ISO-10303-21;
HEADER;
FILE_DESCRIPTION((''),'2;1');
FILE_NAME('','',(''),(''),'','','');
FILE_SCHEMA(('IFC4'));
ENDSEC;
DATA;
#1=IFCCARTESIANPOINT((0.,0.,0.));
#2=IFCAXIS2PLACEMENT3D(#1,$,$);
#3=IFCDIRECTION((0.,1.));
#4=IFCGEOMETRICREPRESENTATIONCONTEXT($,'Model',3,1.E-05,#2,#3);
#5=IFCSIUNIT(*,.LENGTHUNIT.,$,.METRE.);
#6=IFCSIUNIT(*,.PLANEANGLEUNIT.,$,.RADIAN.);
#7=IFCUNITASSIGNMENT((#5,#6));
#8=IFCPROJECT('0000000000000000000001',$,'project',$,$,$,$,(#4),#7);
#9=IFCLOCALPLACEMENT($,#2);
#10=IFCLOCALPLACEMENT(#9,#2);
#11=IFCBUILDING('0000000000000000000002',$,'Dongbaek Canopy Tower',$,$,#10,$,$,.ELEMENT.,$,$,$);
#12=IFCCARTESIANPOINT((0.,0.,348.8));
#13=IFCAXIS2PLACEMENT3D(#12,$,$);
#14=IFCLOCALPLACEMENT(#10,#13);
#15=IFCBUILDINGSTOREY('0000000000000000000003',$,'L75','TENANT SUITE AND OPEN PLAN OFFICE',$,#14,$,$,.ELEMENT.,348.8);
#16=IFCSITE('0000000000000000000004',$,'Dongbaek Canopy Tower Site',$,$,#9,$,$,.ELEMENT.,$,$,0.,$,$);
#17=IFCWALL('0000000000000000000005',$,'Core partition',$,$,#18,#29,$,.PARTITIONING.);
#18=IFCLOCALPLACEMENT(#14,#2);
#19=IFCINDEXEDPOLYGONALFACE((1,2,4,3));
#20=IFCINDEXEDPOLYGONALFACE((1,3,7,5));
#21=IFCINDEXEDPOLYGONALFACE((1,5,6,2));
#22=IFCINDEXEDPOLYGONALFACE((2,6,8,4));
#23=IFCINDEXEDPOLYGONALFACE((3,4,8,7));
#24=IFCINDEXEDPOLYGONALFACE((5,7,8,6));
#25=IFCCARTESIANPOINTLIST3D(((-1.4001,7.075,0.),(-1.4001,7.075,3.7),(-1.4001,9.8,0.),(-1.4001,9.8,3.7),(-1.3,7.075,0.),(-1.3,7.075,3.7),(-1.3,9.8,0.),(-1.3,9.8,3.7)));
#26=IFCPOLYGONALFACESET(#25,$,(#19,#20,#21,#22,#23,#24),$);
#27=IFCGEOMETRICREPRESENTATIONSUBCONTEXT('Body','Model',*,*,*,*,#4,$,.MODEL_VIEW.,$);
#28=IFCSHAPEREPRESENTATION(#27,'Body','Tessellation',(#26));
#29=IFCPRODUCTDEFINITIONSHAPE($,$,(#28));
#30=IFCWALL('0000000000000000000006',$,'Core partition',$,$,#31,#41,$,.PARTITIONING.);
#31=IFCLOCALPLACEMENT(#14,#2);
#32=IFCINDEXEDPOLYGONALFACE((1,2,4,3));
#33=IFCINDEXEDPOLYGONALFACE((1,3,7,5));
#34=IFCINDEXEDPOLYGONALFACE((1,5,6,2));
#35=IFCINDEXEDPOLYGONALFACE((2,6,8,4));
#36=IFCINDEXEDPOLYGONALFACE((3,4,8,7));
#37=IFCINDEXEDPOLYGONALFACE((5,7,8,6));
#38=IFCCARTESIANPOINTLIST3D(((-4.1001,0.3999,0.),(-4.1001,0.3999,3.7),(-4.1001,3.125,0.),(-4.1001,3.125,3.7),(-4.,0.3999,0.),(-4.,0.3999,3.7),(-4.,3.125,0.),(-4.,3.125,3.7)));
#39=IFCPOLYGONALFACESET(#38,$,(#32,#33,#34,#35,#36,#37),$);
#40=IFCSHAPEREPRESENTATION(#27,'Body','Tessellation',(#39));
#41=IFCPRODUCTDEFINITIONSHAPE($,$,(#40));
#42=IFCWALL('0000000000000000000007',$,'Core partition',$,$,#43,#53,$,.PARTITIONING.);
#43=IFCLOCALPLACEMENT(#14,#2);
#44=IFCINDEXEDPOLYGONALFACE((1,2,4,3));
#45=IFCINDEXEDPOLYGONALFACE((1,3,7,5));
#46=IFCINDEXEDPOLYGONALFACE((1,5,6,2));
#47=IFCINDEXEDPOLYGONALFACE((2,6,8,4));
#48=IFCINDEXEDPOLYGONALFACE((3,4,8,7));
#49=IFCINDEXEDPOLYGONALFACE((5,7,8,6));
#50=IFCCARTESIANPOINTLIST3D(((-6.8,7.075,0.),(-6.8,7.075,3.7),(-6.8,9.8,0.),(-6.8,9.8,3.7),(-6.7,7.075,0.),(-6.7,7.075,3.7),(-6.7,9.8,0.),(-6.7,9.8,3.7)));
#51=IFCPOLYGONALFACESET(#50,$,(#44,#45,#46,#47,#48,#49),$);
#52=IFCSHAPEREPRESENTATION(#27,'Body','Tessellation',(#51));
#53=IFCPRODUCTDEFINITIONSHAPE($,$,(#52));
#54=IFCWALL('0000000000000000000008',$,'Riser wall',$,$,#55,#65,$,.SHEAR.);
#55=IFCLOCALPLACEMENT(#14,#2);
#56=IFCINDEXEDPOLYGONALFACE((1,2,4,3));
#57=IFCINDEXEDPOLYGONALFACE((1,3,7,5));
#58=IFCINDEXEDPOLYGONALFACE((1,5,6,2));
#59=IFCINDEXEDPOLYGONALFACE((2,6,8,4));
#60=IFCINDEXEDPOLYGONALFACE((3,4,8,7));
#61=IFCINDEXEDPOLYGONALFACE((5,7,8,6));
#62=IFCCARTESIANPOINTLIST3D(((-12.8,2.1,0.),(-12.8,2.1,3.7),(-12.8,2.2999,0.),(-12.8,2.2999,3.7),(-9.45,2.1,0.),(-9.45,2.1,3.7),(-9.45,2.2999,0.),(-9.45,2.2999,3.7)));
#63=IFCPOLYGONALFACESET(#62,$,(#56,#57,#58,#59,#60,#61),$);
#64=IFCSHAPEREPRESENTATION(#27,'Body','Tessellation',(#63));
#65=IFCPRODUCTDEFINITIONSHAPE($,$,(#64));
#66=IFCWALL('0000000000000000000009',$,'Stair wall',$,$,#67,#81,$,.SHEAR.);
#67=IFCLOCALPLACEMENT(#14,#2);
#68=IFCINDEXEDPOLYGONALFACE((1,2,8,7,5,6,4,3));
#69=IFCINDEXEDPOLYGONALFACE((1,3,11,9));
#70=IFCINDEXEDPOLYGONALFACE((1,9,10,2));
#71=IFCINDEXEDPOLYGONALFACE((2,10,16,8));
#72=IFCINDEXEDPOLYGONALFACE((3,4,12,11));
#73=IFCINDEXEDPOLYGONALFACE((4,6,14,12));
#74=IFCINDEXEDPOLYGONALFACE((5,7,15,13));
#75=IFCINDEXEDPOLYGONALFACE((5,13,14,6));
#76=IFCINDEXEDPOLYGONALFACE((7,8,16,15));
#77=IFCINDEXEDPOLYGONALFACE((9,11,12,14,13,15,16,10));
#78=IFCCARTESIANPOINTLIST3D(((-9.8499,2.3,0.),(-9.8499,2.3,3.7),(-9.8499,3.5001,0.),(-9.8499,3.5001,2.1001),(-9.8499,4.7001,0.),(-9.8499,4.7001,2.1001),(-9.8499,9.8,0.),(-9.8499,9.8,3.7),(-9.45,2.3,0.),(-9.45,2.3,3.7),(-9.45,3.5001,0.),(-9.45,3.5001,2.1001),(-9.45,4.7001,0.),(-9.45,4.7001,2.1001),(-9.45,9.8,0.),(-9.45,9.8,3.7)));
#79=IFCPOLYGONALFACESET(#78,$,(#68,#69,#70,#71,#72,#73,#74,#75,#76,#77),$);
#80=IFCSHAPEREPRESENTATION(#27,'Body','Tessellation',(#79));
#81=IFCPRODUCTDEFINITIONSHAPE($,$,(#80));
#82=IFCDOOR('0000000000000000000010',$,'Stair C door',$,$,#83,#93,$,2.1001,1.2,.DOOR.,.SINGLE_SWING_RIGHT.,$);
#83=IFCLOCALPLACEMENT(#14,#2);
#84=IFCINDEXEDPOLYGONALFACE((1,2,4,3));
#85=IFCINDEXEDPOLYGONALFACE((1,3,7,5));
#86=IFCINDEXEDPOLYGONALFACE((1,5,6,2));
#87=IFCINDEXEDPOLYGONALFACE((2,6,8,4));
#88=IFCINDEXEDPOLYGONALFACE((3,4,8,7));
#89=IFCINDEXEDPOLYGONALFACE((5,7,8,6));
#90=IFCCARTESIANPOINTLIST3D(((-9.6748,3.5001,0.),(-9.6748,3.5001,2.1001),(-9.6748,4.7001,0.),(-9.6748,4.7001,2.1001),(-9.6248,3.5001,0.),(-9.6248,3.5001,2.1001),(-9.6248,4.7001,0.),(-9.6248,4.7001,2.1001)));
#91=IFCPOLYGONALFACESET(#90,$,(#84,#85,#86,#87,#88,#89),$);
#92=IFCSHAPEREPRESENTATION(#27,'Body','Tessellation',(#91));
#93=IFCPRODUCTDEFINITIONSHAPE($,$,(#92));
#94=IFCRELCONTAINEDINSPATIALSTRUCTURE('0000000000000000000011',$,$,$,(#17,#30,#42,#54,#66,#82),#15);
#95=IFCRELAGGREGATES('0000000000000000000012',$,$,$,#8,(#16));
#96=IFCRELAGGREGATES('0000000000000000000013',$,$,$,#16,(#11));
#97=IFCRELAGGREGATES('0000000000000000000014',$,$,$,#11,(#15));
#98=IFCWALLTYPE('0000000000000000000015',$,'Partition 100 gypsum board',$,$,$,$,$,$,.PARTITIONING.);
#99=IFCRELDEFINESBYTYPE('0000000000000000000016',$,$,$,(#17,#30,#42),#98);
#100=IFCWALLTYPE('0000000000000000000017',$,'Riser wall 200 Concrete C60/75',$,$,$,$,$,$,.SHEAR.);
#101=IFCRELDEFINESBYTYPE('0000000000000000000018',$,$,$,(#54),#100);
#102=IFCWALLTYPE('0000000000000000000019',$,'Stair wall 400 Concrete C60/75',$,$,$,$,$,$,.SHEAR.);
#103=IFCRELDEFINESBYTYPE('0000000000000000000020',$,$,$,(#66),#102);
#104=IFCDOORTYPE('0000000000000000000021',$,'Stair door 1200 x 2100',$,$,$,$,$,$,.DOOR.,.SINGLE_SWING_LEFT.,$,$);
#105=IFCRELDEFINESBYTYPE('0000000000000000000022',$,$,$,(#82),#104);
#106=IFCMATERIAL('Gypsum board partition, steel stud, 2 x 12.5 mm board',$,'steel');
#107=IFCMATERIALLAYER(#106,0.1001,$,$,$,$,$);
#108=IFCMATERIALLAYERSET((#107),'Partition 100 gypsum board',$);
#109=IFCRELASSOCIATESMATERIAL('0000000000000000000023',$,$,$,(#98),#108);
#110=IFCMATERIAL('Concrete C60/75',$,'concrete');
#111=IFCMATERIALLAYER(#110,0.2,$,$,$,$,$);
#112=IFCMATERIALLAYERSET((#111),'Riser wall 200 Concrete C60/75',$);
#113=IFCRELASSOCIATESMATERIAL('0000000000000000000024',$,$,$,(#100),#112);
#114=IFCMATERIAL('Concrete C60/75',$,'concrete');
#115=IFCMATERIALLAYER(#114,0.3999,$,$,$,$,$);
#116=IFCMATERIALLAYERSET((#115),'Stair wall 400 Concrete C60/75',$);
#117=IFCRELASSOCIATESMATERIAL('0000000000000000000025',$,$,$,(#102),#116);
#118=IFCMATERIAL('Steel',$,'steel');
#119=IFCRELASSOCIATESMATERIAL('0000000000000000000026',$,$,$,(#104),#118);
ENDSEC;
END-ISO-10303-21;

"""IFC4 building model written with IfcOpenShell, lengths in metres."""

from ifc_helpers import new_model, si_unit, direction, frame, frame_2d, origin, place, context, subcontext, project, spatial, rectangle, extrude, material, layer, layer_set, type_object, element, fill, save


model = new_model("IFC4")

# Units and contexts
model_context = context("Model", 3, precision=1e-05, world=origin(), true_north=direction((0.0, 1.0)))
body_context = subcontext(model_context, "Body", "Model", "MODEL_VIEW")
ifc_project = project(units=[si_unit("LENGTHUNIT", "METRE"), si_unit("PLANEANGLEUNIT", "RADIAN")], contexts=[model_context])

# Site, building, storey
site_placement = place(None, origin())
site = spatial("IfcSite", under=ifc_project, at=site_placement, Name="Dongbaek Canopy Tower Site", CompositionType="ELEMENT", RefElevation=0.0)
building_placement = place(site_placement, origin())
building = spatial("IfcBuilding", under=site, at=building_placement, Name="Dongbaek Canopy Tower", CompositionType="ELEMENT")
storey_placement = place(building_placement, frame((0.0, 0.0, 348.8)))
storey = spatial("IfcBuildingStorey", under=building, at=storey_placement, Name="L75", Description="TENANT SUITE AND OPEN PLAN OFFICE", CompositionType="ELEMENT", Elevation=348.8)

# Walls
ifc_material_1 = material(Name="Gypsum board partition, steel stud, 2 x 12.5 mm board", Category="steel")
ifc_layer_1 = layer(ifc_material_1, 0.1001)
ifc_layer_set_1 = layer_set([ifc_layer_1], Name="Partition 100 gypsum board")
wall_type_1 = type_object("IfcWallType", Name="Partition 100 gypsum board", PredefinedType="PARTITIONING", material=ifc_layer_set_1)
for number, where, z_axis, x_axis, name in (
    (1, (-1.3501, 7.075, 0.0), (0.0, 0.0, 1.0), (0.0, 1.0, 0.0), "Core partition"),
    (2, (-4.05, 0.3999, 0.0), (0.0, 0.0, 1.0), (0.0, 1.0, 0.0), "Core partition"),
    (3, (-6.75, 7.075, 0.0), (0.0, 0.0, 1.0), (0.0, 1.0, 0.0), "Core partition"),
):
    element("IfcWall", number, at=place(storey_placement, frame(where, z_axis=z_axis, x_axis=x_axis)), inside=storey, type_object=wall_type_1, Name=name, PredefinedType="PARTITIONING", context=body_context, shape_type="SweptSolid", body=[
        extrude(rectangle(XDim=2.7251, YDim=0.1001, at=frame_2d((1.3625, 0.0))), origin(), (0.0, 0.0, 1.0), 3.7),
    ])
ifc_material_2 = material(Name="Concrete C60/75", Category="concrete")
ifc_layer_2 = layer(ifc_material_2, 0.2)
ifc_layer_set_2 = layer_set([ifc_layer_2], Name="Riser wall 200 Concrete C60/75")
wall_type_2 = type_object("IfcWallType", Name="Riser wall 200 Concrete C60/75", PredefinedType="SHEAR", material=ifc_layer_set_2)
wall_1_placement = place(storey_placement, frame((-9.45, 2.2, 0.0), z_axis=(0.0, 0.0, 1.0), x_axis=(-1.0, 0.0, 0.0)))
element("IfcWall", 4, at=wall_1_placement, inside=storey, type_object=wall_type_2, Name="Riser wall", PredefinedType="SHEAR", context=body_context, shape_type="SweptSolid", body=[
    extrude(rectangle(XDim=3.3501, YDim=0.2, at=frame_2d((1.675, 0.0))), origin(), (0.0, 0.0, 1.0), 3.7),
])

# Wall, opening, door
ifc_material_3 = material(Name="Concrete C60/75", Category="concrete")
ifc_layer_3 = layer(ifc_material_3, 0.3999)
ifc_layer_set_3 = layer_set([ifc_layer_3], Name="Stair wall 400 Concrete C60/75")
wall_type_3 = type_object("IfcWallType", Name="Stair wall 400 Concrete C60/75", PredefinedType="SHEAR", material=ifc_layer_set_3)
wall_2_placement = place(storey_placement, frame((-9.6499, 2.3, 0.0), z_axis=(0.0, 0.0, 1.0), x_axis=(0.0, 1.0, 0.0)))
wall_2 = element("IfcWall", 5, at=wall_2_placement, inside=storey, type_object=wall_type_3, Name="Stair wall", PredefinedType="SHEAR", context=body_context, shape_type="SweptSolid", body=[
    extrude(rectangle(XDim=7.5, YDim=0.3999, at=frame_2d((3.75, 0.0))), origin(), (0.0, 0.0, 1.0), 3.7),
])
opening_1_placement = place(wall_2_placement, frame((1.2, 0.0, 0.0)))
opening_1 = element("IfcOpeningElement", 6, at=opening_1_placement, cuts=wall_2, PredefinedType="OPENING", context=body_context, shape_type="SweptSolid", body=[
    extrude(rectangle(XDim=1.2, YDim=2.1001, at=frame_2d((0.6001, 1.05))), frame((0.0, 0.21, 0.0), z_axis=(0.0, -1.0, 0.0), x_axis=(1.0, 0.0, 0.0)), (0.0, 0.0, 1.0), 0.4199),
])
ifc_material_4 = material(Name="Steel", Category="steel")
door_type_1 = type_object("IfcDoorType", Name="Stair door 1200 x 2100", OperationType="SINGLE_SWING_LEFT", PredefinedType="DOOR", material=ifc_material_4)
door_1_placement = place(opening_1_placement, origin())
door_1 = element("IfcDoor", 7, at=door_1_placement, inside=storey, type_object=door_type_1, Name="Stair C door", OperationType="SINGLE_SWING_RIGHT", OverallHeight=2.1001, OverallWidth=1.2, PredefinedType="DOOR", context=body_context, shape_type="SweptSolid", body=[
    extrude(rectangle(XDim=1.2, YDim=2.1001, at=frame_2d((0.6001, 1.05))), frame((0.0, 0.0249, 0.0), z_axis=(0.0, -1.0, 0.0), x_axis=(1.0, 0.0, 0.0)), (0.0, 0.0, 1.0), 0.05),
])
fill(opening_1, door_1)

save(model, "model.ifc")
